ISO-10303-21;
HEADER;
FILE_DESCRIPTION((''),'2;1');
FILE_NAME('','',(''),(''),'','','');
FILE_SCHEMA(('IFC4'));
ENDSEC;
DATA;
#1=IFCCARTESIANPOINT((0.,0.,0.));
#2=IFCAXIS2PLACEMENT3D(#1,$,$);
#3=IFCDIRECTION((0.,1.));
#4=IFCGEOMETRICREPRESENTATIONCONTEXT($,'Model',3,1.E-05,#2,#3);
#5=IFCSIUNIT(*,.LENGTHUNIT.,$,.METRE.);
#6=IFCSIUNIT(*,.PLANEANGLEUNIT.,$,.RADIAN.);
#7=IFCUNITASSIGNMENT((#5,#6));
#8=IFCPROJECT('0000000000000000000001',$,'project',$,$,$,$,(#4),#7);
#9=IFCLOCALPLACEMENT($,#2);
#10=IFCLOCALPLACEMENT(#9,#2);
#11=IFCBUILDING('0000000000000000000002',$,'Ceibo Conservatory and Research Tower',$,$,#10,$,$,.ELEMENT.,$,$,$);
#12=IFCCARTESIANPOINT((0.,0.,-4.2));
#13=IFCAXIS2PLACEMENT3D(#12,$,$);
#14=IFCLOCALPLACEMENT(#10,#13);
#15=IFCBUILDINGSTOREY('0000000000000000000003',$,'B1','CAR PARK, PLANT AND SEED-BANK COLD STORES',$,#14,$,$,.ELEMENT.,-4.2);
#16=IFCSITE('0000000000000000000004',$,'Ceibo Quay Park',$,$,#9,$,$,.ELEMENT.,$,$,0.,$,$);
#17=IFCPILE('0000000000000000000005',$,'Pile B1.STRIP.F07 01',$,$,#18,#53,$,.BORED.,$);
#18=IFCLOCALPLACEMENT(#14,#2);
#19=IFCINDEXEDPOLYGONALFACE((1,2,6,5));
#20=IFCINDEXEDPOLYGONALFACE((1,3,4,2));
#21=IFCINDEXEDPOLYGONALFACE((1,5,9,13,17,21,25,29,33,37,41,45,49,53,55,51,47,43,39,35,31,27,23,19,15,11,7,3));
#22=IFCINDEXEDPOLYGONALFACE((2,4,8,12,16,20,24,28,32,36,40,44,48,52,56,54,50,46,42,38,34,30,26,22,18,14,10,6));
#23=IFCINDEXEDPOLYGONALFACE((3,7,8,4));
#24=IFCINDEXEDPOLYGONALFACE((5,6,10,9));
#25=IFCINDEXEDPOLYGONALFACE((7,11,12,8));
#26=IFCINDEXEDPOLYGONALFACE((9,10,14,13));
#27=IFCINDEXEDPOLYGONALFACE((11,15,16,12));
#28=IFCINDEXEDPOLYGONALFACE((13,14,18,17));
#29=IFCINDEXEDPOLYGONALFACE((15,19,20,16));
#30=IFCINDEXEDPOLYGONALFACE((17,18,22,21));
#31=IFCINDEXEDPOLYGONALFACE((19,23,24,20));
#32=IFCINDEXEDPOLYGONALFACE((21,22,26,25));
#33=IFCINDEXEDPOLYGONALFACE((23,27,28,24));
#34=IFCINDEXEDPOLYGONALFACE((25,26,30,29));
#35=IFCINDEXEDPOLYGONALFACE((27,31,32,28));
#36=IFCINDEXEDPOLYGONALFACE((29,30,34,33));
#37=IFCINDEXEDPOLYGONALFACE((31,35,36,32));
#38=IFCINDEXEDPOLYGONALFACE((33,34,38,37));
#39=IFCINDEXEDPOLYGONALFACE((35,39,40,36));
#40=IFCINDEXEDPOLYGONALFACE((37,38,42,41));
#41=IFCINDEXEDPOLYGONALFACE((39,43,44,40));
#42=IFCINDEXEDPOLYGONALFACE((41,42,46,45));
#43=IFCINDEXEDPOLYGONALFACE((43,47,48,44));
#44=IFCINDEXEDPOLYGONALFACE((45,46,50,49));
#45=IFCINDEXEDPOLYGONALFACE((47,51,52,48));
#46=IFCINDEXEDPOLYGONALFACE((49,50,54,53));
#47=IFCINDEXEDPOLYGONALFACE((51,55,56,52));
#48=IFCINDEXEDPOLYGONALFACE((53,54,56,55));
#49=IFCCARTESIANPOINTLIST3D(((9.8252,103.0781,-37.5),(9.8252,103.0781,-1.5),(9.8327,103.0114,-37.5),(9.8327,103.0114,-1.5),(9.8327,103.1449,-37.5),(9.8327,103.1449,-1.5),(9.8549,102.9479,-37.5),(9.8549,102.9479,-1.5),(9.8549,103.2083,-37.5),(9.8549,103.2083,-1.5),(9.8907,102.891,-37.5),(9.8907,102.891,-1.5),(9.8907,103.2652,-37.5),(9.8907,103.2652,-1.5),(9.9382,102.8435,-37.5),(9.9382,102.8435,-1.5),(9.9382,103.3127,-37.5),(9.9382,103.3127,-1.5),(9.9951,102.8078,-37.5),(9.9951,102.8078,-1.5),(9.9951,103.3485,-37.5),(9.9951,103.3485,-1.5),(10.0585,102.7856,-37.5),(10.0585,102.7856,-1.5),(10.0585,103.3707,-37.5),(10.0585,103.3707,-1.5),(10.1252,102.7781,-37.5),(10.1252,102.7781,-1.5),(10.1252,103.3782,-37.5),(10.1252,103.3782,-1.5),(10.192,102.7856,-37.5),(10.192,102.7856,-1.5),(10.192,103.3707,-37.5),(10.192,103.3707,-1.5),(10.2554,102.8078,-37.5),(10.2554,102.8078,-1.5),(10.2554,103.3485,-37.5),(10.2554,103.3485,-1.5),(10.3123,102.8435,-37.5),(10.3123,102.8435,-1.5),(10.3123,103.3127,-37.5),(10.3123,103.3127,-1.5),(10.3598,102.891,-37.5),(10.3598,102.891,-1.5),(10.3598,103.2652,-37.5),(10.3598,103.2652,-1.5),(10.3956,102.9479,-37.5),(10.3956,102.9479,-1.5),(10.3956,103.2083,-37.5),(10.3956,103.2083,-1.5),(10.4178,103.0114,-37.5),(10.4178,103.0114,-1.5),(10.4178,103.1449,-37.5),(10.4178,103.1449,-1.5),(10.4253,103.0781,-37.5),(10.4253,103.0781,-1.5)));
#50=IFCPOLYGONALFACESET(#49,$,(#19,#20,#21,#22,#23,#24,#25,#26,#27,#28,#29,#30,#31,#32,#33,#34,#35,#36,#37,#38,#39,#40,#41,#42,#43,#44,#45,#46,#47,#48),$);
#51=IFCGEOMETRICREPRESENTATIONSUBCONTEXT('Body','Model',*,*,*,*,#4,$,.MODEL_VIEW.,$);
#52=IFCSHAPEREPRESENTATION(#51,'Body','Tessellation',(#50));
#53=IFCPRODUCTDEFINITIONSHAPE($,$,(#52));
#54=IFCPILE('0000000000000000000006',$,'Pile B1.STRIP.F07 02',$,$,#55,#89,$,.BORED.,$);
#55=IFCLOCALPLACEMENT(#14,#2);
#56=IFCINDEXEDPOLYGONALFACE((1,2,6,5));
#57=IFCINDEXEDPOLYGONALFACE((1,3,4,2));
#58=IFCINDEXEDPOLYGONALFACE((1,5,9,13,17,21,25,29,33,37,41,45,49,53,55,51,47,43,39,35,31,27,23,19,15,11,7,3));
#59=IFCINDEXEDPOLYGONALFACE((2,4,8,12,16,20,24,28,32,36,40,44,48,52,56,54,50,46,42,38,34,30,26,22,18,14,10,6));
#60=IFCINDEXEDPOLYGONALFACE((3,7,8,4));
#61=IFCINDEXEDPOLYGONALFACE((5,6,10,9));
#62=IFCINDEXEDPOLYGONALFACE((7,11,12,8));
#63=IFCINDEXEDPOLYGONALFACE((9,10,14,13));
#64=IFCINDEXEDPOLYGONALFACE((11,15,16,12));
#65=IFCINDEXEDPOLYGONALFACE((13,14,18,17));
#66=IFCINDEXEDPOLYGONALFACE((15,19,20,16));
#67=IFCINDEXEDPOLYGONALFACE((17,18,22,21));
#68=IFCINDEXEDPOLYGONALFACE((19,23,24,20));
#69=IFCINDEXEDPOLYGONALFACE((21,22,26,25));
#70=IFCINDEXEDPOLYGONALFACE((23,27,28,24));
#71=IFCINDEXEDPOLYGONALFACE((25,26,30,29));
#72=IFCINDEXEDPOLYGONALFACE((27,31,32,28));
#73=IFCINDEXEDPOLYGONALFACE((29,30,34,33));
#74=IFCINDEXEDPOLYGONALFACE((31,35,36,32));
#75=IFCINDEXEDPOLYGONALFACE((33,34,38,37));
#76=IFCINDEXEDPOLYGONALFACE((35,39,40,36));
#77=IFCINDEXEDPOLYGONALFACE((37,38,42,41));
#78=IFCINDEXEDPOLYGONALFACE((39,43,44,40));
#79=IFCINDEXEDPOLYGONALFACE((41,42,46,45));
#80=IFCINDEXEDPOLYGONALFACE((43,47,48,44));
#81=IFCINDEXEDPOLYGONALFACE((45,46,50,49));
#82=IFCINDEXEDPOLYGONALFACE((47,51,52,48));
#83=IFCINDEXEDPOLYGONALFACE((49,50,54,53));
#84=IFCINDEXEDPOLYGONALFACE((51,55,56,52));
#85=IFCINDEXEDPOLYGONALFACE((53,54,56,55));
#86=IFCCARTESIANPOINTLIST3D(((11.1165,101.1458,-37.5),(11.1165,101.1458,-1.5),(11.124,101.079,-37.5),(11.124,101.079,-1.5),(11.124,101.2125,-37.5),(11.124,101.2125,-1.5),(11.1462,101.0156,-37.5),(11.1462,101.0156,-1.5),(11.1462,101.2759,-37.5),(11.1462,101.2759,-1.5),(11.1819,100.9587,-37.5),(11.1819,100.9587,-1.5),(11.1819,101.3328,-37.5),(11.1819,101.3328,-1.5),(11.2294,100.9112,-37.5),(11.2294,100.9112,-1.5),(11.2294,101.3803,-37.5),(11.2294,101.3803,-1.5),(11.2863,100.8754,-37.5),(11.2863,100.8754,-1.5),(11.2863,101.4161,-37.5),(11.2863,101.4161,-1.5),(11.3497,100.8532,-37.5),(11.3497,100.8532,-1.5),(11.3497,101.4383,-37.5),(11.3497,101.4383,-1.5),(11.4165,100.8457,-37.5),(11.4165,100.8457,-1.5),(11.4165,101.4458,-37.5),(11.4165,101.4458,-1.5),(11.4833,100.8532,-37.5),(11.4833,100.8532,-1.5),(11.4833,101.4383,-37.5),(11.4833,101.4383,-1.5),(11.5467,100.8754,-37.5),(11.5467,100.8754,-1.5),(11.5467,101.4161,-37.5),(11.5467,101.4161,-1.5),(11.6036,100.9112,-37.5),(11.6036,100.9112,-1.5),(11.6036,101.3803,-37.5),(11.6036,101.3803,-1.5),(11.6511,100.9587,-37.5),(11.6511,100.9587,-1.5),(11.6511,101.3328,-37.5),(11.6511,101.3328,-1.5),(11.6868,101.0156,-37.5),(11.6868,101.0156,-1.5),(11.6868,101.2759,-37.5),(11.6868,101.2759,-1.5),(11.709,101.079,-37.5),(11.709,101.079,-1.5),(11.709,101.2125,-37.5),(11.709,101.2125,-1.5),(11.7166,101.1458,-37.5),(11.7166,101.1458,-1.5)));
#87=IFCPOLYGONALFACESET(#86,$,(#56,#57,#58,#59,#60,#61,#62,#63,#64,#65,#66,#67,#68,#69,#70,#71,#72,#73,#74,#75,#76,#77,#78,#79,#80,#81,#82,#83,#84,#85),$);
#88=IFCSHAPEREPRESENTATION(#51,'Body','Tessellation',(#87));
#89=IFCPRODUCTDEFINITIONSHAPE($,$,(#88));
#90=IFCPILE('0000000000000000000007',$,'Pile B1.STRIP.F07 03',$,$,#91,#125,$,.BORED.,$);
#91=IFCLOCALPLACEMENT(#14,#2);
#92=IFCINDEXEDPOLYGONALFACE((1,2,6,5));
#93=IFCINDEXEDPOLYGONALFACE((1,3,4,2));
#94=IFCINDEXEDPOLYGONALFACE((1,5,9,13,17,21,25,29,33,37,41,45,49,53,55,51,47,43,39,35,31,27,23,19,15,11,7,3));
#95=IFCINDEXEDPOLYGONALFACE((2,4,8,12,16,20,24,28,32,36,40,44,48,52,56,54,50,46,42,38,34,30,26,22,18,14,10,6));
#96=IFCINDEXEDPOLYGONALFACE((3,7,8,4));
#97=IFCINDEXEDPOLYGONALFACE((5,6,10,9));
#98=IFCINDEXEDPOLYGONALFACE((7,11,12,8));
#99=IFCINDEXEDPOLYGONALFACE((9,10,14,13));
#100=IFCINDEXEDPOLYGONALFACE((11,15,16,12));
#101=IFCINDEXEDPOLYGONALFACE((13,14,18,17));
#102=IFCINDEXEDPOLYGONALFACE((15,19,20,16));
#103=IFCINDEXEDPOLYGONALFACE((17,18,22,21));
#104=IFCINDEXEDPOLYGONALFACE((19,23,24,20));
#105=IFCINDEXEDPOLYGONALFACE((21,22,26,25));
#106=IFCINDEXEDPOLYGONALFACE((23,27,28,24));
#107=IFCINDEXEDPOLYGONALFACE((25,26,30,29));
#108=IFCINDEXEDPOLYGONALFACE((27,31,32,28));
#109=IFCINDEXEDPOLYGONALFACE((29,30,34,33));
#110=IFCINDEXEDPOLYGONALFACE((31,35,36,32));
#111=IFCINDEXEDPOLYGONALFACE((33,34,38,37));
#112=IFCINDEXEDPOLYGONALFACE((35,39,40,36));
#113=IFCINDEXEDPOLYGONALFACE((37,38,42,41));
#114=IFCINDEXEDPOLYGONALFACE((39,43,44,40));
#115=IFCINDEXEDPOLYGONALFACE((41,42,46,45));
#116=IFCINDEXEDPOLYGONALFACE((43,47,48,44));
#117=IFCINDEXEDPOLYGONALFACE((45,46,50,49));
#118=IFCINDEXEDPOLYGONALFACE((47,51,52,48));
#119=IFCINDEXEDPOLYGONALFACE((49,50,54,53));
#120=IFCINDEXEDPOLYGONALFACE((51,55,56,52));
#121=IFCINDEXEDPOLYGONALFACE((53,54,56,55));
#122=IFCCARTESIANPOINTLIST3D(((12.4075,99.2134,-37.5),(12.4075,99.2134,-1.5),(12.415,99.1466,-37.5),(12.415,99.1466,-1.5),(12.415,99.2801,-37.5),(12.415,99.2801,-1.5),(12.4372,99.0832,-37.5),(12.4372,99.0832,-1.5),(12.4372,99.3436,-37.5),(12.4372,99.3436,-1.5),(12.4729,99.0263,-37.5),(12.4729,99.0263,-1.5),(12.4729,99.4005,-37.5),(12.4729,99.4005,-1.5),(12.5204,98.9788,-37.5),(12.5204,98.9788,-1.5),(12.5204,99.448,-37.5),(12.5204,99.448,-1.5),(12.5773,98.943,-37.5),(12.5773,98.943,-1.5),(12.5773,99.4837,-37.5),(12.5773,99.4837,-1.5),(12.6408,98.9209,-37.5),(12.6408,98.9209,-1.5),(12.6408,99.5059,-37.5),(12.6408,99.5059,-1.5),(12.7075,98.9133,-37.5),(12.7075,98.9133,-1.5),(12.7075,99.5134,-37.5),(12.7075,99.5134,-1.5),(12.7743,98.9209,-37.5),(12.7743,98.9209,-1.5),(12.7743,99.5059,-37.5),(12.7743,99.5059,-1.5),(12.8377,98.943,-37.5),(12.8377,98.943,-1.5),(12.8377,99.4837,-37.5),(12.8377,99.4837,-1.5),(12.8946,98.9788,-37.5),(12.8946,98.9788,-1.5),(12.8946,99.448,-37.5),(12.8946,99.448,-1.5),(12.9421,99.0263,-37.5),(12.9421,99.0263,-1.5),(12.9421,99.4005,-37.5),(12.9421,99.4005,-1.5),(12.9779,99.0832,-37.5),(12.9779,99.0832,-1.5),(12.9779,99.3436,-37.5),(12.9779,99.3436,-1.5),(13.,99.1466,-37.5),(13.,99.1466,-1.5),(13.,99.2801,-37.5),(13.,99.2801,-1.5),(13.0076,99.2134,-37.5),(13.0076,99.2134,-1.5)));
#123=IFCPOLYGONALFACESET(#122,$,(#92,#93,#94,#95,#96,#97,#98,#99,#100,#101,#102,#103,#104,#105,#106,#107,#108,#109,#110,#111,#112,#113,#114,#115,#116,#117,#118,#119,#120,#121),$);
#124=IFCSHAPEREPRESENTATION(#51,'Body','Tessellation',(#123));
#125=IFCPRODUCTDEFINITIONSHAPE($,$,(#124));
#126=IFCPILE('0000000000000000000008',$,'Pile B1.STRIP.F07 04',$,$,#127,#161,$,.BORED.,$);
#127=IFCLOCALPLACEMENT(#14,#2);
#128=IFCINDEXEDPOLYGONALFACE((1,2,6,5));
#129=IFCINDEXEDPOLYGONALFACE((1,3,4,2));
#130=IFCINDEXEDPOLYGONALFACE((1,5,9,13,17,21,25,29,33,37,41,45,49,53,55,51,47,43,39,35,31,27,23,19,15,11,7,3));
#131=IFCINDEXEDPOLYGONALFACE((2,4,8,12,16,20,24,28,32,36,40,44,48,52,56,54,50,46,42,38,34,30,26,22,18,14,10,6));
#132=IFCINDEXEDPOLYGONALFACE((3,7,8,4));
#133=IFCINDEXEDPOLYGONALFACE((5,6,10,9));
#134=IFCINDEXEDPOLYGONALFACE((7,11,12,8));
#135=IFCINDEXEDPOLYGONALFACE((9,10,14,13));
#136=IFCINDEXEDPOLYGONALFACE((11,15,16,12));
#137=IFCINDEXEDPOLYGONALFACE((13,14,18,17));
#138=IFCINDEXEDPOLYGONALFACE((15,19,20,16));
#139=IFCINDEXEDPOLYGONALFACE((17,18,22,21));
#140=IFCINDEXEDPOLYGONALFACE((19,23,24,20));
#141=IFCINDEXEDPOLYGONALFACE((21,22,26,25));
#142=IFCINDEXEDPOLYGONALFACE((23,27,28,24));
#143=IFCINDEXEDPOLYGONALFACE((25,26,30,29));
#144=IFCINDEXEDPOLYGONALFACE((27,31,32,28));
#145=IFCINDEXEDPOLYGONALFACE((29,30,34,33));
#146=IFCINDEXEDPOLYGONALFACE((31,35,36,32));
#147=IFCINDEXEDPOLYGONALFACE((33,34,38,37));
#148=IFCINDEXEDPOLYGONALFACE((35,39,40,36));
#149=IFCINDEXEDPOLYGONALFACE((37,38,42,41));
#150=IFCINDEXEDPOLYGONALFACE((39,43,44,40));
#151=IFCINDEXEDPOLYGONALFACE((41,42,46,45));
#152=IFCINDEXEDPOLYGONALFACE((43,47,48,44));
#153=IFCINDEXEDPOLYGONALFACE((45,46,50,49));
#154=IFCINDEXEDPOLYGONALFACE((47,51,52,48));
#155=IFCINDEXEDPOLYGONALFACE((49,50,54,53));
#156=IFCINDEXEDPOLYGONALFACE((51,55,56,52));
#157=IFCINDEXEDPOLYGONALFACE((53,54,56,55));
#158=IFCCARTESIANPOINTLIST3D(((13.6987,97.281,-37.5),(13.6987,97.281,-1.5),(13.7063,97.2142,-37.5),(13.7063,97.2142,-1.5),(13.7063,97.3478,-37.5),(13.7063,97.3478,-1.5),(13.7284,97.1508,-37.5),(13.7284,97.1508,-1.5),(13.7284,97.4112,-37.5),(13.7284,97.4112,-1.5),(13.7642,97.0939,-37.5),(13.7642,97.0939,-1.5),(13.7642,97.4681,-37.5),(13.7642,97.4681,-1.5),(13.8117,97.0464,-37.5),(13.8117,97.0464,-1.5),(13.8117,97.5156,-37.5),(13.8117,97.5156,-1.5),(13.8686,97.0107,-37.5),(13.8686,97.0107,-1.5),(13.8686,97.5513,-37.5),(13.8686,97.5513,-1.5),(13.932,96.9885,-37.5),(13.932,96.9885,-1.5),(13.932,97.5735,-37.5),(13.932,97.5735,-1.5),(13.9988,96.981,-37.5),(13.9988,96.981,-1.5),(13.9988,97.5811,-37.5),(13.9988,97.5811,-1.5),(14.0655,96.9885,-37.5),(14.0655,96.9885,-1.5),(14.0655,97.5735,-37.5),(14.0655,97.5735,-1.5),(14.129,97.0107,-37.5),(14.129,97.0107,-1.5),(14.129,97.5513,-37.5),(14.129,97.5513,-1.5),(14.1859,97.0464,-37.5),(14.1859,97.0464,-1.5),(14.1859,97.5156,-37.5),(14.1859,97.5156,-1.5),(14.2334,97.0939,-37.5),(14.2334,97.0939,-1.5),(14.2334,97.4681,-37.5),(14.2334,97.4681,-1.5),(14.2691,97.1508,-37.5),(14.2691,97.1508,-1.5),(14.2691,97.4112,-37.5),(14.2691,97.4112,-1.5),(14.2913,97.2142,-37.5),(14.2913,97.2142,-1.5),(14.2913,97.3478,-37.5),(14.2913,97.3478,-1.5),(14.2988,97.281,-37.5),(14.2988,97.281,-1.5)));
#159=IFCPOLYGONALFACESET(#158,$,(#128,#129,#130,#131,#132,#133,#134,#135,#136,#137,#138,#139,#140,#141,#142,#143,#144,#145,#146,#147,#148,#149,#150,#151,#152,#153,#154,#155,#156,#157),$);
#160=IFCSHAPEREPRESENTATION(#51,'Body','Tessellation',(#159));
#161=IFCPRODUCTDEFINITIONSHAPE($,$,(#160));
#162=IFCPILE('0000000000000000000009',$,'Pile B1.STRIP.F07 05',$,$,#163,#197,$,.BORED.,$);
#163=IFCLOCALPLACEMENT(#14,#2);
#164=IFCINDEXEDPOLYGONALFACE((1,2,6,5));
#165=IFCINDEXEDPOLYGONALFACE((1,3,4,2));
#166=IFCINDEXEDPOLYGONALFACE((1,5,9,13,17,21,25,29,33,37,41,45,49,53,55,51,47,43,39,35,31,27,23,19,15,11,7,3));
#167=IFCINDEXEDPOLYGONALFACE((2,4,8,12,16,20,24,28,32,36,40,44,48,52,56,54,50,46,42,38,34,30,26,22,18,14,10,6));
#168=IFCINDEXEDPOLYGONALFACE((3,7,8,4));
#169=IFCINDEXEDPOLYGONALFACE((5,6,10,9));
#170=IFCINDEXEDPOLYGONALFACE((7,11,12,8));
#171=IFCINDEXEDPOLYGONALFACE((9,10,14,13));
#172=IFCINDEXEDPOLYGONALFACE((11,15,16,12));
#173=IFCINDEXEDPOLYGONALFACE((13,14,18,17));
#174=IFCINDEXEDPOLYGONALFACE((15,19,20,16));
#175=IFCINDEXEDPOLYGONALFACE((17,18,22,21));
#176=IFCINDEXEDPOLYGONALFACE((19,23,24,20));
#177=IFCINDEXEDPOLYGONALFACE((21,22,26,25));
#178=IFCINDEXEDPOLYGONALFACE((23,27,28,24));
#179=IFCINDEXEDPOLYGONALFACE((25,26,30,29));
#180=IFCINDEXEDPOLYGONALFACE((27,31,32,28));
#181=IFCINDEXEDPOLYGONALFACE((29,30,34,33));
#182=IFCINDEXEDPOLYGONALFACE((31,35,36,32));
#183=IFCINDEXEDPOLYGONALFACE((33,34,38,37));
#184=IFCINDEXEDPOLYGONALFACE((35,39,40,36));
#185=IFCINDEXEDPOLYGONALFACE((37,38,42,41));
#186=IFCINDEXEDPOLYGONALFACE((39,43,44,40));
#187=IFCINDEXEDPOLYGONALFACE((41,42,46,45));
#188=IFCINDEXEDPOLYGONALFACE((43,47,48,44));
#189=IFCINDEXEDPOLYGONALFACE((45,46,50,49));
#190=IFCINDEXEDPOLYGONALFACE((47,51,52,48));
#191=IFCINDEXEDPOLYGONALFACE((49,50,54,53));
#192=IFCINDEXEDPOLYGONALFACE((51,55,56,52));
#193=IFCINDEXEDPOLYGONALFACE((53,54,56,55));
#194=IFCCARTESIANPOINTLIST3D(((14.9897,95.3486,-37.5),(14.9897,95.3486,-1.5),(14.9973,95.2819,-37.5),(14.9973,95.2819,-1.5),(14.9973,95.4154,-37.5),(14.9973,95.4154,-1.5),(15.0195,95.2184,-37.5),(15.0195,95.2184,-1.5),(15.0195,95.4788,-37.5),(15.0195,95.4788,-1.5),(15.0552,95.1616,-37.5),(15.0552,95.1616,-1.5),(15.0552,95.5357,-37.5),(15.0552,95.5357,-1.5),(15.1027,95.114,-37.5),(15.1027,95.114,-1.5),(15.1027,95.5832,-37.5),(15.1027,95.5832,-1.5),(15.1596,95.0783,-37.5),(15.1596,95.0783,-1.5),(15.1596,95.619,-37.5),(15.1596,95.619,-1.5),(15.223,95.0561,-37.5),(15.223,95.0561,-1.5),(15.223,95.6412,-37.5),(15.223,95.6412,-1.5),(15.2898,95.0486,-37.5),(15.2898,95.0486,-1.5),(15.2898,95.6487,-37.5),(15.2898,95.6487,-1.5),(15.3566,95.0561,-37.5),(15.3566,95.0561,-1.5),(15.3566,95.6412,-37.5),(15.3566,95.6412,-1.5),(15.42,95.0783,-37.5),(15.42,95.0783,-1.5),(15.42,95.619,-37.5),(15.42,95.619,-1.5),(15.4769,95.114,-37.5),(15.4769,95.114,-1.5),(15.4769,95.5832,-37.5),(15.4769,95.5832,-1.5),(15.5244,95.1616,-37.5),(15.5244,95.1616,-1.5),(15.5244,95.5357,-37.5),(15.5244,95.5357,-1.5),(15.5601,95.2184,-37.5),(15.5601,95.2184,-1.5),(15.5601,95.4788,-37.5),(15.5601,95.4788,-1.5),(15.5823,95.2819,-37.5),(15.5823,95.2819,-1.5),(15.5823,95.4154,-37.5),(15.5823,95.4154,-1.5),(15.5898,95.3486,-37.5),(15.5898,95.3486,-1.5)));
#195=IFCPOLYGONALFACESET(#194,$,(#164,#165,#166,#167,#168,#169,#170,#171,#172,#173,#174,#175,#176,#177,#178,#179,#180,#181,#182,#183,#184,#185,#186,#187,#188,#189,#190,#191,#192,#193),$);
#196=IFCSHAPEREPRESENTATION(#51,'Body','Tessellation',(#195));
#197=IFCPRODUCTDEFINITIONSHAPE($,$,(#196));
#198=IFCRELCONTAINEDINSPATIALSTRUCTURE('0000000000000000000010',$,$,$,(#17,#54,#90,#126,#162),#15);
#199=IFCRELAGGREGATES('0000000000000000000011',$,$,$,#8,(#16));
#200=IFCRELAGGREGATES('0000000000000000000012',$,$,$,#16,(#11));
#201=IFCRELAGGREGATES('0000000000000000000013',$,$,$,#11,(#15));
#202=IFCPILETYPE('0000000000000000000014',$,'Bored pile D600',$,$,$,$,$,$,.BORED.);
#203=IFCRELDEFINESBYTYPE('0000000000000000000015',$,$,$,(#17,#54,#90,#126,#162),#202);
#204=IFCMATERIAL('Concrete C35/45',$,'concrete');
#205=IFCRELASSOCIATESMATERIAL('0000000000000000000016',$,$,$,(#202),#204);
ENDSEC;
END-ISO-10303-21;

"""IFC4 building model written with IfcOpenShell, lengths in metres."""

from ifc_helpers import new_model, si_unit, direction, frame, origin, origin_2d, place, context, subcontext, project, spatial, circle, extrude, material, material_profile, profile_set, type_object, element, save


model = new_model("IFC4")

# Units and contexts
model_context = context("Model", 3, precision=1e-05, world=origin(), true_north=direction((0.0, 1.0)))
body_context = subcontext(model_context, "Body", "Model", "MODEL_VIEW")
ifc_project = project(units=[si_unit("LENGTHUNIT", "METRE"), si_unit("PLANEANGLEUNIT", "RADIAN")], contexts=[model_context])

# Site, building, storey
site_placement = place(None, origin())
site = spatial("IfcSite", under=ifc_project, at=site_placement, Name="Ceibo Quay Park", CompositionType="ELEMENT", RefElevation=0.0)
building_placement = place(site_placement, origin())
building = spatial("IfcBuilding", under=site, at=building_placement, Name="Ceibo Conservatory and Research Tower", CompositionType="ELEMENT")
storey_placement = place(building_placement, frame((0.0, 0.0, -4.2)))
storey = spatial("IfcBuildingStorey", under=building, at=storey_placement, Name="B1", Description="CAR PARK, PLANT AND SEED-BANK COLD STORES", CompositionType="ELEMENT", Elevation=-4.2)

# Piles
ifc_material_1 = material(Name="Concrete C35/45", Category="concrete")
ifc_material_profile_1 = material_profile(ifc_material_1, circle(Radius=0.3, at=origin_2d()), Name="RC D600")
ifc_profile_set_1 = profile_set([ifc_material_profile_1], Name="Concrete C35/45")
pile_type_1 = type_object("IfcPileType", Name="Bored pile D600", PredefinedType="BORED", material=ifc_profile_set_1)
for number, where, z_axis, x_axis, name in (
    (1, (10.1252, 103.0781, -1.5), (0.0, 0.0, -1.0), (1.0, 0.0, 0.0), "Pile B1.STRIP.F07 01"),
    (2, (11.4165, 101.1458, -1.5), (0.0, 0.0, -1.0), (1.0, 0.0, 0.0), "Pile B1.STRIP.F07 02"),
    (3, (12.7075, 99.2134, -1.5), (0.0, 0.0, -1.0), (1.0, 0.0, 0.0), "Pile B1.STRIP.F07 03"),
    (4, (13.9988, 97.281, -1.5), (0.0, 0.0, -1.0), (1.0, 0.0, 0.0), "Pile B1.STRIP.F07 04"),
    (5, (15.2898, 95.3486, -1.5), (0.0, 0.0, -1.0), (1.0, 0.0, 0.0), "Pile B1.STRIP.F07 05"),
):
    element("IfcPile", number, at=place(storey_placement, frame(where, z_axis=z_axis, x_axis=x_axis)), inside=storey, type_object=pile_type_1, Name=name, PredefinedType="BORED", context=body_context, shape_type="SweptSolid", body=[
        extrude(circle(Radius=0.3, at=origin_2d()), origin(), (0.0, 0.0, 1.0), 36.0),
    ])

save(model, "model.ifc")
